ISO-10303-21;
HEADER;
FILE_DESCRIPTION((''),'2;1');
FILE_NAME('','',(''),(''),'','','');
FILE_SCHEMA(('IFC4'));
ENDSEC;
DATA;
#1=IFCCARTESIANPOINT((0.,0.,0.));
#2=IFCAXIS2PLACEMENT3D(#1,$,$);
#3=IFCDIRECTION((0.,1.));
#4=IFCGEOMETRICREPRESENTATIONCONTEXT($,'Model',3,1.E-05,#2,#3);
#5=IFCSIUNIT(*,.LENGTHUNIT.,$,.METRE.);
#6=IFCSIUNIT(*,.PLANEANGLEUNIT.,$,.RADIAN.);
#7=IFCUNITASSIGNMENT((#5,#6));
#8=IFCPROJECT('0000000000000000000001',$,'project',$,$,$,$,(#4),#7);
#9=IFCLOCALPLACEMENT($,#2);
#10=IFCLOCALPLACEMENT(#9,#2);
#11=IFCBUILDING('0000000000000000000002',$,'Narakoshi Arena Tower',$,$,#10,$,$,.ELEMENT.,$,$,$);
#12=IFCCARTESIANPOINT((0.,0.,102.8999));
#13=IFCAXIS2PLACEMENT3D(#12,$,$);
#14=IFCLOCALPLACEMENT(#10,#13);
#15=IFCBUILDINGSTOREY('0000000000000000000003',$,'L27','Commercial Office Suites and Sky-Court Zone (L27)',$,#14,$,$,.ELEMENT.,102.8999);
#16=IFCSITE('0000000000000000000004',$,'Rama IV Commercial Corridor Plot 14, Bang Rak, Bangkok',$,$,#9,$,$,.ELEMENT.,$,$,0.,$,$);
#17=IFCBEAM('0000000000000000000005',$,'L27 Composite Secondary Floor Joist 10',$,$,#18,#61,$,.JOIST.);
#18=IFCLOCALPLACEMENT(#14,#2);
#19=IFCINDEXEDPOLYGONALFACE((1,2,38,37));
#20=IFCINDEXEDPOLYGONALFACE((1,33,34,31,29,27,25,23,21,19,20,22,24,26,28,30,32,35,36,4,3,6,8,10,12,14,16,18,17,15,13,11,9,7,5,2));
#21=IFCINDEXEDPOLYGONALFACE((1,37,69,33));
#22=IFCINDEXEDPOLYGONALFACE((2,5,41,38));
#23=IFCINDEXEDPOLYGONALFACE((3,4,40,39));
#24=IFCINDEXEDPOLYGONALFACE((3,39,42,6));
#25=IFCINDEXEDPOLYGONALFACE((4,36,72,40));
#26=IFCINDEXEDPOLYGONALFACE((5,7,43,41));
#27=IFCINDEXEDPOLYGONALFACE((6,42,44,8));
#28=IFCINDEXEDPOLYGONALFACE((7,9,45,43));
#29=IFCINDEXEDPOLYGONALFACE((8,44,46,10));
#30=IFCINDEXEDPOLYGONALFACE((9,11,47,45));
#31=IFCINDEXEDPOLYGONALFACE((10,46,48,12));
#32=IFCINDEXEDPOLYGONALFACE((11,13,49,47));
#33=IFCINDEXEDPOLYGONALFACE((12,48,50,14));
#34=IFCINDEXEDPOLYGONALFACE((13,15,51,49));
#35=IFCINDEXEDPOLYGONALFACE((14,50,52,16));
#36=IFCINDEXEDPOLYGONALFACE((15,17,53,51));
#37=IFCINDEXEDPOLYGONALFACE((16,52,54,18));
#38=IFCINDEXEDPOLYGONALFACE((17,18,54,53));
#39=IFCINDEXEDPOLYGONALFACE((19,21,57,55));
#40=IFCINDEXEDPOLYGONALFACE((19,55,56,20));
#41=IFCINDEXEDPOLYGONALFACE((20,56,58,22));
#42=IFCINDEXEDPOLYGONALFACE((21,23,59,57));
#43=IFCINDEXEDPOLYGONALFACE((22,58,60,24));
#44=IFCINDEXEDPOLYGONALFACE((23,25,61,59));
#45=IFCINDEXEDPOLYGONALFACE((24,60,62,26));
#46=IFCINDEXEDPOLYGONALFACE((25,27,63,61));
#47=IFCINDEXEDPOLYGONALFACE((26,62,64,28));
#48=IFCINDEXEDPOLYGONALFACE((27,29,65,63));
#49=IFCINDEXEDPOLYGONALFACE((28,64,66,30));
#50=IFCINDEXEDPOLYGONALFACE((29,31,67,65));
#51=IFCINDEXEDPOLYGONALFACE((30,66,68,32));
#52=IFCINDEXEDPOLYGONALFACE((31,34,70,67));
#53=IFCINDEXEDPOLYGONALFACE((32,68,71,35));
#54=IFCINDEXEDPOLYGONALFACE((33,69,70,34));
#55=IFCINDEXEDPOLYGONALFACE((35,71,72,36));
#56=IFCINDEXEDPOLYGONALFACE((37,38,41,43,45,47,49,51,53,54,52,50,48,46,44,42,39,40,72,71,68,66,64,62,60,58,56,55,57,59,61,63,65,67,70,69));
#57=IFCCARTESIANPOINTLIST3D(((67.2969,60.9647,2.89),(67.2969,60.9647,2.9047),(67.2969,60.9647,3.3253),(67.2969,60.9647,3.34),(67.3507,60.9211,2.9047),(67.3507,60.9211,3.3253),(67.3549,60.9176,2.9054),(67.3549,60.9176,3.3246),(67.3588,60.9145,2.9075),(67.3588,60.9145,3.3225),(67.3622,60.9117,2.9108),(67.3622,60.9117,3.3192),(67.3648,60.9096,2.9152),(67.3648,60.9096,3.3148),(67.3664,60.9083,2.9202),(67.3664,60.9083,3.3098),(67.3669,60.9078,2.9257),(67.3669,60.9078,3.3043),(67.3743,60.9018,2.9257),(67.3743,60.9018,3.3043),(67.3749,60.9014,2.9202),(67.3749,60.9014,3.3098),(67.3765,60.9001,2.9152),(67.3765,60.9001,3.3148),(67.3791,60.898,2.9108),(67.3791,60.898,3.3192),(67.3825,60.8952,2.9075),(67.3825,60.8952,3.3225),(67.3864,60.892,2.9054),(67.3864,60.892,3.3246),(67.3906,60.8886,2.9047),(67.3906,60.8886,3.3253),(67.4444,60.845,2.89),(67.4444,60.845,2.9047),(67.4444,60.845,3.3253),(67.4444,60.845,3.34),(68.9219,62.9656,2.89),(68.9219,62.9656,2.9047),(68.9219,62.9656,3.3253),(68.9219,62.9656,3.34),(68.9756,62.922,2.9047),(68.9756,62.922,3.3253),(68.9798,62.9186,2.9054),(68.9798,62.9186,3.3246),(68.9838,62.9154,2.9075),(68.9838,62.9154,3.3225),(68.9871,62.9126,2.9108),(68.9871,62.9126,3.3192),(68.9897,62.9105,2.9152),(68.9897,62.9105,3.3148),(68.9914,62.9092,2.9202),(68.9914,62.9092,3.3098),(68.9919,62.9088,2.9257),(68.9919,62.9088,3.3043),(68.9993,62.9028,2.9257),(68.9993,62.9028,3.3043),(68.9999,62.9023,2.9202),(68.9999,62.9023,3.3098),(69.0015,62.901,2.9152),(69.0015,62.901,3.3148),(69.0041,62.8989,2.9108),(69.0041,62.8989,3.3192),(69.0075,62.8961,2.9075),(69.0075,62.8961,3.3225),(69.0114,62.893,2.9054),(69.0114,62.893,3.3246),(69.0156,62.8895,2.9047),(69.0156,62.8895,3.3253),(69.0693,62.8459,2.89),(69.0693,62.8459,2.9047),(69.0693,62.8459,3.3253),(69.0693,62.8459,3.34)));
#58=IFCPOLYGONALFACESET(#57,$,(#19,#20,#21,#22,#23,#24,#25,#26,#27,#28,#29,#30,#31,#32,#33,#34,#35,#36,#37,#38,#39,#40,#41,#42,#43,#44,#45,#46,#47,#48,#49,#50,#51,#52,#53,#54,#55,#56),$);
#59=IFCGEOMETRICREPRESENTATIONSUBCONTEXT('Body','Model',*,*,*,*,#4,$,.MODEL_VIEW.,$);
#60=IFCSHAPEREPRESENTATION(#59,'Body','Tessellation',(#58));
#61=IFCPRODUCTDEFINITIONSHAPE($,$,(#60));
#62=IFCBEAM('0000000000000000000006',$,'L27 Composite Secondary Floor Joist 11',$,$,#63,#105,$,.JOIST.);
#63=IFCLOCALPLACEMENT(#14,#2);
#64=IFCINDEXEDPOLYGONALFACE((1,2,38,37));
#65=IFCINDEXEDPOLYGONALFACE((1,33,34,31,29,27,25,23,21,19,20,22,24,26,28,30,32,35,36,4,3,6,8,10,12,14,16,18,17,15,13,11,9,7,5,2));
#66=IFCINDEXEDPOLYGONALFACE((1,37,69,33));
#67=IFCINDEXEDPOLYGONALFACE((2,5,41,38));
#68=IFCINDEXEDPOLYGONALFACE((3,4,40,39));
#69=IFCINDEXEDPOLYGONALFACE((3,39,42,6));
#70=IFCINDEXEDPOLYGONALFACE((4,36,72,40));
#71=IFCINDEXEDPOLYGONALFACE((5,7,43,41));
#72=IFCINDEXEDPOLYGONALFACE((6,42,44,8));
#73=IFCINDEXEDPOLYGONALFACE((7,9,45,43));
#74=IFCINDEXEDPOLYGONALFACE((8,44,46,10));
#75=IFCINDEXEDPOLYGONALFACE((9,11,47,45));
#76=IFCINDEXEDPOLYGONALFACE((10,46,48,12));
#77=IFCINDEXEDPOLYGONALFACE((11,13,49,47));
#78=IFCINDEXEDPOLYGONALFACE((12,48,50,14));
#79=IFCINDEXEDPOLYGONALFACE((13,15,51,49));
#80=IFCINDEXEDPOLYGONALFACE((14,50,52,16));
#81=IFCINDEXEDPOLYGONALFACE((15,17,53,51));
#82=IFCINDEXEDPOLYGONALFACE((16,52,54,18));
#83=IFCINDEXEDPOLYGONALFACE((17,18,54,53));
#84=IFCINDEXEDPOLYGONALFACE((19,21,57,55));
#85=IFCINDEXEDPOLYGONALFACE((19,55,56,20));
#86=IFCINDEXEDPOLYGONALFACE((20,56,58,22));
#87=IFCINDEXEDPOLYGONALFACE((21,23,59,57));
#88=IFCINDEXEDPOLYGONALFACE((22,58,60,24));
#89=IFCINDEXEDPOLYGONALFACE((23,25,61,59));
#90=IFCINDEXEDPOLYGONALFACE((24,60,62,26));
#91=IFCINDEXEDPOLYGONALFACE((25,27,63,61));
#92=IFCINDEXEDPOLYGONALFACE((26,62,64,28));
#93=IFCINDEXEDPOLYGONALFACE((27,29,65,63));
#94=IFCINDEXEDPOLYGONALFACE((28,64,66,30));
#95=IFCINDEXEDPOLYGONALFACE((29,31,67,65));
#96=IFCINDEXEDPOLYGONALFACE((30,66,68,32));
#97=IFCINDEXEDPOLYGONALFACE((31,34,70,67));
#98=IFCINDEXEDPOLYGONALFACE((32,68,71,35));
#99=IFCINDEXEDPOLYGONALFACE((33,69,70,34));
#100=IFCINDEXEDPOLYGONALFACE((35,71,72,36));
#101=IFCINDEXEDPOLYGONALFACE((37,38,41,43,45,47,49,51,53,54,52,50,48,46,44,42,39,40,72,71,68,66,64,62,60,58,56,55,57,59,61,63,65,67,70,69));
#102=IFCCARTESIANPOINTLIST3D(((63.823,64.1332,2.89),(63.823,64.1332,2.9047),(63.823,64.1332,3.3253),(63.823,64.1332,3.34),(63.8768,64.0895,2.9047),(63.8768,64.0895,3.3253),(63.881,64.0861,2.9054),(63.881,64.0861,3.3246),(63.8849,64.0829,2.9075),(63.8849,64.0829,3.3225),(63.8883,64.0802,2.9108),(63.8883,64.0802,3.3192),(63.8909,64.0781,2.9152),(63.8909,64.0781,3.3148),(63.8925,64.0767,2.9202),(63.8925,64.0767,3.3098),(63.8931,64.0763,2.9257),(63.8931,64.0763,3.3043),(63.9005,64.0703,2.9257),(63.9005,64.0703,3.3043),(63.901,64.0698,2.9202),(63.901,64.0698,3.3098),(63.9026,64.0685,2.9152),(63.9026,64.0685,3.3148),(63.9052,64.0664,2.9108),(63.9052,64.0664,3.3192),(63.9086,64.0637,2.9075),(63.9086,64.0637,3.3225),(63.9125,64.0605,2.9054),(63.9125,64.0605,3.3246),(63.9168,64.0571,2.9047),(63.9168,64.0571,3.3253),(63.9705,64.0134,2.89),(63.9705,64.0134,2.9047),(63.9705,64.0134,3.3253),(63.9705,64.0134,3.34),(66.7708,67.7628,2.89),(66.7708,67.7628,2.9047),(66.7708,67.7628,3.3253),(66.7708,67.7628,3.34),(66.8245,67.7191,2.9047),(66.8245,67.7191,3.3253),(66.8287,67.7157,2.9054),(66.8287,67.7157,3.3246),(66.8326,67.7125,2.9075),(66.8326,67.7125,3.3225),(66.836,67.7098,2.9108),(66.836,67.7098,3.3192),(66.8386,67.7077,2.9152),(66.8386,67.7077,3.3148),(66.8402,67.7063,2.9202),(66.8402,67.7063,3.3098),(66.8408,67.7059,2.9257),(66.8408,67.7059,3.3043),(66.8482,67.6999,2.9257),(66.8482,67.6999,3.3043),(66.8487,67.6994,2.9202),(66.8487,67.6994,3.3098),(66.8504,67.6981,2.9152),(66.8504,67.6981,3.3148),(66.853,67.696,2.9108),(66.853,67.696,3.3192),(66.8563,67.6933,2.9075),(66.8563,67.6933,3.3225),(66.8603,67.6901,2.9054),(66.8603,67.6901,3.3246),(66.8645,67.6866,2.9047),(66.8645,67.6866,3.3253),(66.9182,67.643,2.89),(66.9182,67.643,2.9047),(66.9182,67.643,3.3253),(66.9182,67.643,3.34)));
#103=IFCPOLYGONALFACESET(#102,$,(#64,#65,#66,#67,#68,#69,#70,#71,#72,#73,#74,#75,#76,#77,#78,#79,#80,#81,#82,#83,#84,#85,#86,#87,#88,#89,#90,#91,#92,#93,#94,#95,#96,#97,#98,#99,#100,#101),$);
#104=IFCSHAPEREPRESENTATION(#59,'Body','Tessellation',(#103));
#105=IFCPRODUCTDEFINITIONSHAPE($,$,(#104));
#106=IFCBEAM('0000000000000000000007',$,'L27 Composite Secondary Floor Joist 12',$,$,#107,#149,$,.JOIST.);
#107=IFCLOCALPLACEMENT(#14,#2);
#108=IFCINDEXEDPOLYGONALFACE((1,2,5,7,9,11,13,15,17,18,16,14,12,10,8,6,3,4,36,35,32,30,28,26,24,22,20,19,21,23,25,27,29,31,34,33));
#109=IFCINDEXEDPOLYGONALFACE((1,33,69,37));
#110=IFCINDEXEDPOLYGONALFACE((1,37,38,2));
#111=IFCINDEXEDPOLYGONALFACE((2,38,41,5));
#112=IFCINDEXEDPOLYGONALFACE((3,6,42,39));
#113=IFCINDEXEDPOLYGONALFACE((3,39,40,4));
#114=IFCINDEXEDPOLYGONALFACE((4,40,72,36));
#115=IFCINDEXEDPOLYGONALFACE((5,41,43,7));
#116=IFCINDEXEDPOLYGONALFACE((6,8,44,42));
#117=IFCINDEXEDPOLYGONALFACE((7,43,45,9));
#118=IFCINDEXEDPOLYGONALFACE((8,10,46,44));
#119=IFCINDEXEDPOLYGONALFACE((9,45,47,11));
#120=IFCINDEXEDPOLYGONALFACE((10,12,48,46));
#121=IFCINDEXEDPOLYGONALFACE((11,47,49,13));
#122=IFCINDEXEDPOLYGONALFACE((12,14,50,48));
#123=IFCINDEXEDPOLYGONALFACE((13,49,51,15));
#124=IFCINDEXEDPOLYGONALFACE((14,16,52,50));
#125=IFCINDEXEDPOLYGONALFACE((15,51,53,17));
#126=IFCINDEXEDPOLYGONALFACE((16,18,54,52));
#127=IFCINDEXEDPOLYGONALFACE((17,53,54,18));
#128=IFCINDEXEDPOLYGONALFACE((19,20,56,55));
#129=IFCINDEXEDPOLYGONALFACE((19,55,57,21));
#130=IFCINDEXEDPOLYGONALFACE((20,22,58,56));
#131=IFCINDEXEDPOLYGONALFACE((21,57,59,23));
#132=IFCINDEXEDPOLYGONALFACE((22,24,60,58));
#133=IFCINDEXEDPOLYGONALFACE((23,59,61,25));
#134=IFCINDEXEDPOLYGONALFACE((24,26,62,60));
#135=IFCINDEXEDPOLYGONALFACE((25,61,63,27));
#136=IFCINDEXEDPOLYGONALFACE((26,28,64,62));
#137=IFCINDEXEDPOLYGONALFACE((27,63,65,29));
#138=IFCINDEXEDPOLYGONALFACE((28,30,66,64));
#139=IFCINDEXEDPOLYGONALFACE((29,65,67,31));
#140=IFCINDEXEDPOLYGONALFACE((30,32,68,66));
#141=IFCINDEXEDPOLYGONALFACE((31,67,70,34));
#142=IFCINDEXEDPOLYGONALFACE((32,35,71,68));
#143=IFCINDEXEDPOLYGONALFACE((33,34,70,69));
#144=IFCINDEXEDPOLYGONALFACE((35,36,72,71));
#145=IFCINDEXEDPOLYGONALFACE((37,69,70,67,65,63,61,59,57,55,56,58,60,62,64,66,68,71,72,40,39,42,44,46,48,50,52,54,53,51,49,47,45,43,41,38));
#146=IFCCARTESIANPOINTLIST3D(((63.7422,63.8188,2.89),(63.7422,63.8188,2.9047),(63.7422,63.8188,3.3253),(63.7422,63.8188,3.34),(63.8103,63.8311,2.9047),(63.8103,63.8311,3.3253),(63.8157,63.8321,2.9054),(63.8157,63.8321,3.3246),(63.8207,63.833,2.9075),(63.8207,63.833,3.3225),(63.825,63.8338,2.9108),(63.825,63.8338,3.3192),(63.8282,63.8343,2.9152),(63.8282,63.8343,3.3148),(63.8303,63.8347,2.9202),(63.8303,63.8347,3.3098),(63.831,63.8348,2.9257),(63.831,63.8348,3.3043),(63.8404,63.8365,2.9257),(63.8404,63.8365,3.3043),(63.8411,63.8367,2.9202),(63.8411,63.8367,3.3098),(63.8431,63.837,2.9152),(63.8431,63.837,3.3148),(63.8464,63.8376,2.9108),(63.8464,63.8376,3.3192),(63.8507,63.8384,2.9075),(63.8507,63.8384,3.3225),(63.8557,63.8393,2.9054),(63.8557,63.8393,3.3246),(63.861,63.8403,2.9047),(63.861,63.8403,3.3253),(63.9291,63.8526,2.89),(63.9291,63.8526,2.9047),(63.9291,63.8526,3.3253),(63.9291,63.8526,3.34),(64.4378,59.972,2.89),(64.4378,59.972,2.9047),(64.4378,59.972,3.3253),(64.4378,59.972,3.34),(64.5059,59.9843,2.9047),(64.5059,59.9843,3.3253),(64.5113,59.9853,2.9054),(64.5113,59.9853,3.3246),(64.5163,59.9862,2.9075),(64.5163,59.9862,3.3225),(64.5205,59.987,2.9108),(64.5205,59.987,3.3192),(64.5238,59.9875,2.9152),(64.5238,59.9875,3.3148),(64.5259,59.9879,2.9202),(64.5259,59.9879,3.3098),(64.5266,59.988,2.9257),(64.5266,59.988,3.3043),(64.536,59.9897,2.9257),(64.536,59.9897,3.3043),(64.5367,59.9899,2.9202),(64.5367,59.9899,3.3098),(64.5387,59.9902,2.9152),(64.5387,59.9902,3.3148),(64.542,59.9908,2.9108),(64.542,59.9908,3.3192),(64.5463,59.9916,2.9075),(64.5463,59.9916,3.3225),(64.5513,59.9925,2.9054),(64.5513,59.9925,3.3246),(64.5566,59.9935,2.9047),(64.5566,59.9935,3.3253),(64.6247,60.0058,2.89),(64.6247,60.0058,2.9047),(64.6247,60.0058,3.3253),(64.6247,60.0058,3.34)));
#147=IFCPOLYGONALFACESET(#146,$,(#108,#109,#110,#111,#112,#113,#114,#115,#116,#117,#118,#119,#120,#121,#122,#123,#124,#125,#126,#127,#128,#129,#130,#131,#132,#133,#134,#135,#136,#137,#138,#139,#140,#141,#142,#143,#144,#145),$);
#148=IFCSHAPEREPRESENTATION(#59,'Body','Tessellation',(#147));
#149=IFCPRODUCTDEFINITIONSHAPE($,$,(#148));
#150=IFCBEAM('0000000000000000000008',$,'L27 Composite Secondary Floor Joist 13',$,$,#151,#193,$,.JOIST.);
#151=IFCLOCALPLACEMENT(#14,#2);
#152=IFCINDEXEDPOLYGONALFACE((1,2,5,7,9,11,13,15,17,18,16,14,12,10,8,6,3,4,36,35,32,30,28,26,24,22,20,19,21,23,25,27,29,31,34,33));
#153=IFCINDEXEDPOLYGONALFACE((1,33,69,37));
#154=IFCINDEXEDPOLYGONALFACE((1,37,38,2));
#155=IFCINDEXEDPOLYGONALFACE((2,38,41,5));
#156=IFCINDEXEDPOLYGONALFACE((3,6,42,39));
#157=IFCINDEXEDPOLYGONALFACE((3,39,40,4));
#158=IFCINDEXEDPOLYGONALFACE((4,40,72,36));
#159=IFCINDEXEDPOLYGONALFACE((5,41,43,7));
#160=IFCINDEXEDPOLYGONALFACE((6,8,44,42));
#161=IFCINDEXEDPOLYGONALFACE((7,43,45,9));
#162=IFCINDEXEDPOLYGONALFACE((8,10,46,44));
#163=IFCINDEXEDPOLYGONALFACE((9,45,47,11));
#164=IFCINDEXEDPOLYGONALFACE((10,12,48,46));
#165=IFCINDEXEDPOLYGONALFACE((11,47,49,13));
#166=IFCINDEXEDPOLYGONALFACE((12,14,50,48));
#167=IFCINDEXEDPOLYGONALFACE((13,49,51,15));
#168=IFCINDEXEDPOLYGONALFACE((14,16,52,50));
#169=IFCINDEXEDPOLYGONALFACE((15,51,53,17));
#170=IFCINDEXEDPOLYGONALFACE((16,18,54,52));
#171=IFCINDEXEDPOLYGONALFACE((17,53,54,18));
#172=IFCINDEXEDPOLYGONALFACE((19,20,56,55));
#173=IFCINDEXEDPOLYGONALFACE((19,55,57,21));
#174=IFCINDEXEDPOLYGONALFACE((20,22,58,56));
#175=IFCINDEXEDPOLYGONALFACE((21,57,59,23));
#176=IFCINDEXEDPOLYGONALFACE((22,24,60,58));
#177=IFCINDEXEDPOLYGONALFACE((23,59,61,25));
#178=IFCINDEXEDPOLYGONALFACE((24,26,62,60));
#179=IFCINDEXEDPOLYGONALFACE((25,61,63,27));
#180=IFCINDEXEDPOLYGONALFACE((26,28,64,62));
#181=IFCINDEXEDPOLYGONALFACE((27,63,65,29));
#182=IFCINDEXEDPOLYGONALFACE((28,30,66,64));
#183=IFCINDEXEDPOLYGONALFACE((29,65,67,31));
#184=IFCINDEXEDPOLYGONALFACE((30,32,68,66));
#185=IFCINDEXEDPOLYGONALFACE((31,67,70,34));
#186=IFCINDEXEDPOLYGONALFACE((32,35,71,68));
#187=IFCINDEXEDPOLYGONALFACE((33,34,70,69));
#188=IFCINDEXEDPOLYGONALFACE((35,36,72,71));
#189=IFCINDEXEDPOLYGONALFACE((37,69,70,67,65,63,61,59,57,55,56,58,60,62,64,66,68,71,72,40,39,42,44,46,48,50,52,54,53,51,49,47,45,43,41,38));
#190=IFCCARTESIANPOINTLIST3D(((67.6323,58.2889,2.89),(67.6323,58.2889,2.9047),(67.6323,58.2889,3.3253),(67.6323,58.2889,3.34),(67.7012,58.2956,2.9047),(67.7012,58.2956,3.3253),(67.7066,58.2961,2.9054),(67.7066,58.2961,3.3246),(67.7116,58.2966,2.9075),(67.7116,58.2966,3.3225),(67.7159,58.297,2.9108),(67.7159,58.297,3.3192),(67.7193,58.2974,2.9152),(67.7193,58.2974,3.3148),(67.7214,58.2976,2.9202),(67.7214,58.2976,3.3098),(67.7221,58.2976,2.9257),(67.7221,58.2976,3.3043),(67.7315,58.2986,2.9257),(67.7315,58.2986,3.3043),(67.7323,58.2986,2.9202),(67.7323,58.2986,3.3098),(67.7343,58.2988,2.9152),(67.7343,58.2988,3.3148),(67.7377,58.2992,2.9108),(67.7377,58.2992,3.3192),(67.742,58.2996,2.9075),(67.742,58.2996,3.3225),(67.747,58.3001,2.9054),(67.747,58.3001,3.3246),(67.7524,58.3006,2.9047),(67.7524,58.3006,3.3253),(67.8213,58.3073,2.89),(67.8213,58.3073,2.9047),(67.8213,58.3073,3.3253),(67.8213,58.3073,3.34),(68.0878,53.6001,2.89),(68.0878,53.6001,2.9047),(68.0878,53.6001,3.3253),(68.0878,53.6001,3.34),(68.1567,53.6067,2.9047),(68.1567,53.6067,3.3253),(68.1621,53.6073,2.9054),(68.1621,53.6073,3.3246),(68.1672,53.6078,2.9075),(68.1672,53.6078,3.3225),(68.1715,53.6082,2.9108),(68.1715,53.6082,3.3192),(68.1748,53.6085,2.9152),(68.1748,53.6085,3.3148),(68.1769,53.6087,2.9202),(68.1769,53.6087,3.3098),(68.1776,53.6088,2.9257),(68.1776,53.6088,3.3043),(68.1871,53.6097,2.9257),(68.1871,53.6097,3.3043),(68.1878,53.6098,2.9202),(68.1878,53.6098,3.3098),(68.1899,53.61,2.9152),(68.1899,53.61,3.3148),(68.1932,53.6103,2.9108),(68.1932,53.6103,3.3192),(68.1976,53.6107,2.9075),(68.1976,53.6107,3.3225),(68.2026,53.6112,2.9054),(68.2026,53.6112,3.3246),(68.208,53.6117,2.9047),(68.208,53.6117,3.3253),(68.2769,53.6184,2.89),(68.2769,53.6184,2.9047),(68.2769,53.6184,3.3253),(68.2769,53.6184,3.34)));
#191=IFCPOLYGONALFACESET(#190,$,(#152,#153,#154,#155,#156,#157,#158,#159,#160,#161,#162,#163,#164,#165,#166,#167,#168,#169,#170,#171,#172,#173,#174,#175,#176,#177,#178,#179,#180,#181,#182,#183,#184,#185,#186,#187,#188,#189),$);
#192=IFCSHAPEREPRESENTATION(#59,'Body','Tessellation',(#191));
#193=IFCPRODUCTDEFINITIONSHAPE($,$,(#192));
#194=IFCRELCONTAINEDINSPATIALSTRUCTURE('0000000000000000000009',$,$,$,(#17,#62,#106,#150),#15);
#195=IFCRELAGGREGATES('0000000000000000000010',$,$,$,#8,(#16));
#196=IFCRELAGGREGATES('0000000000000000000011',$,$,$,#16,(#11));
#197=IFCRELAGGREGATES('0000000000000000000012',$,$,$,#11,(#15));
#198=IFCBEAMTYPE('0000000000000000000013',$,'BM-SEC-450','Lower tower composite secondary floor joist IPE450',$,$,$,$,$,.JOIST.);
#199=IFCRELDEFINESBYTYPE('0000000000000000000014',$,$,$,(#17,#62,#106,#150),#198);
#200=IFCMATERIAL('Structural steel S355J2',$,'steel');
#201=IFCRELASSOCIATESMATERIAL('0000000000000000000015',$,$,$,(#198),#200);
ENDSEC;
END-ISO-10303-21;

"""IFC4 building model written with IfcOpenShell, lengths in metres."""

from ifc_helpers import new_model, si_unit, direction, frame, origin, origin_2d, place, context, subcontext, project, spatial, i_section, extrude, material, material_profile, profile_set, type_object, element, save


model = new_model("IFC4")

# Units and contexts
model_context = context("Model", 3, precision=1e-05, world=origin(), true_north=direction((0.0, 1.0)))
body_context = subcontext(model_context, "Body", "Model", "MODEL_VIEW")
ifc_project = project(units=[si_unit("LENGTHUNIT", "METRE"), si_unit("PLANEANGLEUNIT", "RADIAN")], contexts=[model_context])

# Site, building, storey
site_placement = place(None, origin())
site = spatial("IfcSite", under=ifc_project, at=site_placement, Name="Rama IV Commercial Corridor Plot 14, Bang Rak, Bangkok", CompositionType="ELEMENT", RefElevation=0.0)
building_placement = place(site_placement, origin())
building = spatial("IfcBuilding", under=site, at=building_placement, Name="Narakoshi Arena Tower", CompositionType="ELEMENT")
storey_placement = place(building_placement, frame((0.0, 0.0, 102.8999)))
storey = spatial("IfcBuildingStorey", under=building, at=storey_placement, Name="L27", Description="Commercial Office Suites and Sky-Court Zone (L27)", CompositionType="ELEMENT", Elevation=102.8999)

# Beams
ifc_material_1 = material(Name="Structural steel S355J2", Category="steel")
ifc_material_profile_1 = material_profile(ifc_material_1, i_section(OverallWidth=0.1899, OverallDepth=0.45, WebThickness=0.0095, FlangeThickness=0.0146, FilletRadius=0.021, at=origin_2d()), Name="IPE450")
ifc_profile_set_1 = profile_set([ifc_material_profile_1], Name="Structural steel S355J2")
beam_type_1 = type_object("IfcBeamType", Name="BM-SEC-450", Description="Lower tower composite secondary floor joist IPE450", PredefinedType="JOIST", material=ifc_profile_set_1)
beam_1_placement = place(storey_placement, frame((68.9956, 62.9058, 3.115), z_axis=(-0.630407, -0.776265, 0.0), x_axis=(0.776265, -0.630407, 0.0)))
element("IfcBeam", 1, at=beam_1_placement, inside=storey, type_object=beam_type_1, Name="L27 Composite Secondary Floor Joist 10", PredefinedType="JOIST", context=body_context, shape_type="SweptSolid", body=[
    extrude(i_section(OverallWidth=0.1899, OverallDepth=0.45, WebThickness=0.0095, FlangeThickness=0.0146, FilletRadius=0.021, at=origin_2d()), origin(), (0.0, 0.0, 1.0), 2.5776),
])
beam_2_placement = place(storey_placement, frame((66.8445, 67.7029, 3.115), z_axis=(-0.630422, -0.776253, 0.0), x_axis=(0.776253, -0.630422, 0.0)))
element("IfcBeam", 2, at=beam_2_placement, inside=storey, type_object=beam_type_1, Name="L27 Composite Secondary Floor Joist 11", PredefinedType="JOIST", context=body_context, shape_type="SweptSolid", body=[
    extrude(i_section(OverallWidth=0.1899, OverallDepth=0.45, WebThickness=0.0095, FlangeThickness=0.0146, FilletRadius=0.021, at=origin_2d()), origin(), (0.0, 0.0, 1.0), 4.6758),
])
beam_3_placement = place(storey_placement, frame((63.8357, 63.8357, 3.115), z_axis=(0.177935, -0.984042, 0.0), x_axis=(0.984042, 0.177935, 0.0)))
element("IfcBeam", 3, at=beam_3_placement, inside=storey, type_object=beam_type_1, Name="L27 Composite Secondary Floor Joist 12", PredefinedType="JOIST", context=body_context, shape_type="SweptSolid", body=[
    extrude(i_section(OverallWidth=0.1899, OverallDepth=0.45, WebThickness=0.0095, FlangeThickness=0.0146, FilletRadius=0.021, at=origin_2d()), origin(), (0.0, 0.0, 1.0), 3.9092),
])
beam_4_placement = place(storey_placement, frame((67.7268, 58.2981, 3.115), z_axis=(0.096702, -0.995313, 0.0), x_axis=(0.995313, 0.096702, 0.0)))
element("IfcBeam", 4, at=beam_4_placement, inside=storey, type_object=beam_type_1, Name="L27 Composite Secondary Floor Joist 13", PredefinedType="JOIST", context=body_context, shape_type="SweptSolid", body=[
    extrude(i_section(OverallWidth=0.1899, OverallDepth=0.45, WebThickness=0.0095, FlangeThickness=0.0146, FilletRadius=0.021, at=origin_2d()), origin(), (0.0, 0.0, 1.0), 4.7109),
])

save(model, "model.ifc")
